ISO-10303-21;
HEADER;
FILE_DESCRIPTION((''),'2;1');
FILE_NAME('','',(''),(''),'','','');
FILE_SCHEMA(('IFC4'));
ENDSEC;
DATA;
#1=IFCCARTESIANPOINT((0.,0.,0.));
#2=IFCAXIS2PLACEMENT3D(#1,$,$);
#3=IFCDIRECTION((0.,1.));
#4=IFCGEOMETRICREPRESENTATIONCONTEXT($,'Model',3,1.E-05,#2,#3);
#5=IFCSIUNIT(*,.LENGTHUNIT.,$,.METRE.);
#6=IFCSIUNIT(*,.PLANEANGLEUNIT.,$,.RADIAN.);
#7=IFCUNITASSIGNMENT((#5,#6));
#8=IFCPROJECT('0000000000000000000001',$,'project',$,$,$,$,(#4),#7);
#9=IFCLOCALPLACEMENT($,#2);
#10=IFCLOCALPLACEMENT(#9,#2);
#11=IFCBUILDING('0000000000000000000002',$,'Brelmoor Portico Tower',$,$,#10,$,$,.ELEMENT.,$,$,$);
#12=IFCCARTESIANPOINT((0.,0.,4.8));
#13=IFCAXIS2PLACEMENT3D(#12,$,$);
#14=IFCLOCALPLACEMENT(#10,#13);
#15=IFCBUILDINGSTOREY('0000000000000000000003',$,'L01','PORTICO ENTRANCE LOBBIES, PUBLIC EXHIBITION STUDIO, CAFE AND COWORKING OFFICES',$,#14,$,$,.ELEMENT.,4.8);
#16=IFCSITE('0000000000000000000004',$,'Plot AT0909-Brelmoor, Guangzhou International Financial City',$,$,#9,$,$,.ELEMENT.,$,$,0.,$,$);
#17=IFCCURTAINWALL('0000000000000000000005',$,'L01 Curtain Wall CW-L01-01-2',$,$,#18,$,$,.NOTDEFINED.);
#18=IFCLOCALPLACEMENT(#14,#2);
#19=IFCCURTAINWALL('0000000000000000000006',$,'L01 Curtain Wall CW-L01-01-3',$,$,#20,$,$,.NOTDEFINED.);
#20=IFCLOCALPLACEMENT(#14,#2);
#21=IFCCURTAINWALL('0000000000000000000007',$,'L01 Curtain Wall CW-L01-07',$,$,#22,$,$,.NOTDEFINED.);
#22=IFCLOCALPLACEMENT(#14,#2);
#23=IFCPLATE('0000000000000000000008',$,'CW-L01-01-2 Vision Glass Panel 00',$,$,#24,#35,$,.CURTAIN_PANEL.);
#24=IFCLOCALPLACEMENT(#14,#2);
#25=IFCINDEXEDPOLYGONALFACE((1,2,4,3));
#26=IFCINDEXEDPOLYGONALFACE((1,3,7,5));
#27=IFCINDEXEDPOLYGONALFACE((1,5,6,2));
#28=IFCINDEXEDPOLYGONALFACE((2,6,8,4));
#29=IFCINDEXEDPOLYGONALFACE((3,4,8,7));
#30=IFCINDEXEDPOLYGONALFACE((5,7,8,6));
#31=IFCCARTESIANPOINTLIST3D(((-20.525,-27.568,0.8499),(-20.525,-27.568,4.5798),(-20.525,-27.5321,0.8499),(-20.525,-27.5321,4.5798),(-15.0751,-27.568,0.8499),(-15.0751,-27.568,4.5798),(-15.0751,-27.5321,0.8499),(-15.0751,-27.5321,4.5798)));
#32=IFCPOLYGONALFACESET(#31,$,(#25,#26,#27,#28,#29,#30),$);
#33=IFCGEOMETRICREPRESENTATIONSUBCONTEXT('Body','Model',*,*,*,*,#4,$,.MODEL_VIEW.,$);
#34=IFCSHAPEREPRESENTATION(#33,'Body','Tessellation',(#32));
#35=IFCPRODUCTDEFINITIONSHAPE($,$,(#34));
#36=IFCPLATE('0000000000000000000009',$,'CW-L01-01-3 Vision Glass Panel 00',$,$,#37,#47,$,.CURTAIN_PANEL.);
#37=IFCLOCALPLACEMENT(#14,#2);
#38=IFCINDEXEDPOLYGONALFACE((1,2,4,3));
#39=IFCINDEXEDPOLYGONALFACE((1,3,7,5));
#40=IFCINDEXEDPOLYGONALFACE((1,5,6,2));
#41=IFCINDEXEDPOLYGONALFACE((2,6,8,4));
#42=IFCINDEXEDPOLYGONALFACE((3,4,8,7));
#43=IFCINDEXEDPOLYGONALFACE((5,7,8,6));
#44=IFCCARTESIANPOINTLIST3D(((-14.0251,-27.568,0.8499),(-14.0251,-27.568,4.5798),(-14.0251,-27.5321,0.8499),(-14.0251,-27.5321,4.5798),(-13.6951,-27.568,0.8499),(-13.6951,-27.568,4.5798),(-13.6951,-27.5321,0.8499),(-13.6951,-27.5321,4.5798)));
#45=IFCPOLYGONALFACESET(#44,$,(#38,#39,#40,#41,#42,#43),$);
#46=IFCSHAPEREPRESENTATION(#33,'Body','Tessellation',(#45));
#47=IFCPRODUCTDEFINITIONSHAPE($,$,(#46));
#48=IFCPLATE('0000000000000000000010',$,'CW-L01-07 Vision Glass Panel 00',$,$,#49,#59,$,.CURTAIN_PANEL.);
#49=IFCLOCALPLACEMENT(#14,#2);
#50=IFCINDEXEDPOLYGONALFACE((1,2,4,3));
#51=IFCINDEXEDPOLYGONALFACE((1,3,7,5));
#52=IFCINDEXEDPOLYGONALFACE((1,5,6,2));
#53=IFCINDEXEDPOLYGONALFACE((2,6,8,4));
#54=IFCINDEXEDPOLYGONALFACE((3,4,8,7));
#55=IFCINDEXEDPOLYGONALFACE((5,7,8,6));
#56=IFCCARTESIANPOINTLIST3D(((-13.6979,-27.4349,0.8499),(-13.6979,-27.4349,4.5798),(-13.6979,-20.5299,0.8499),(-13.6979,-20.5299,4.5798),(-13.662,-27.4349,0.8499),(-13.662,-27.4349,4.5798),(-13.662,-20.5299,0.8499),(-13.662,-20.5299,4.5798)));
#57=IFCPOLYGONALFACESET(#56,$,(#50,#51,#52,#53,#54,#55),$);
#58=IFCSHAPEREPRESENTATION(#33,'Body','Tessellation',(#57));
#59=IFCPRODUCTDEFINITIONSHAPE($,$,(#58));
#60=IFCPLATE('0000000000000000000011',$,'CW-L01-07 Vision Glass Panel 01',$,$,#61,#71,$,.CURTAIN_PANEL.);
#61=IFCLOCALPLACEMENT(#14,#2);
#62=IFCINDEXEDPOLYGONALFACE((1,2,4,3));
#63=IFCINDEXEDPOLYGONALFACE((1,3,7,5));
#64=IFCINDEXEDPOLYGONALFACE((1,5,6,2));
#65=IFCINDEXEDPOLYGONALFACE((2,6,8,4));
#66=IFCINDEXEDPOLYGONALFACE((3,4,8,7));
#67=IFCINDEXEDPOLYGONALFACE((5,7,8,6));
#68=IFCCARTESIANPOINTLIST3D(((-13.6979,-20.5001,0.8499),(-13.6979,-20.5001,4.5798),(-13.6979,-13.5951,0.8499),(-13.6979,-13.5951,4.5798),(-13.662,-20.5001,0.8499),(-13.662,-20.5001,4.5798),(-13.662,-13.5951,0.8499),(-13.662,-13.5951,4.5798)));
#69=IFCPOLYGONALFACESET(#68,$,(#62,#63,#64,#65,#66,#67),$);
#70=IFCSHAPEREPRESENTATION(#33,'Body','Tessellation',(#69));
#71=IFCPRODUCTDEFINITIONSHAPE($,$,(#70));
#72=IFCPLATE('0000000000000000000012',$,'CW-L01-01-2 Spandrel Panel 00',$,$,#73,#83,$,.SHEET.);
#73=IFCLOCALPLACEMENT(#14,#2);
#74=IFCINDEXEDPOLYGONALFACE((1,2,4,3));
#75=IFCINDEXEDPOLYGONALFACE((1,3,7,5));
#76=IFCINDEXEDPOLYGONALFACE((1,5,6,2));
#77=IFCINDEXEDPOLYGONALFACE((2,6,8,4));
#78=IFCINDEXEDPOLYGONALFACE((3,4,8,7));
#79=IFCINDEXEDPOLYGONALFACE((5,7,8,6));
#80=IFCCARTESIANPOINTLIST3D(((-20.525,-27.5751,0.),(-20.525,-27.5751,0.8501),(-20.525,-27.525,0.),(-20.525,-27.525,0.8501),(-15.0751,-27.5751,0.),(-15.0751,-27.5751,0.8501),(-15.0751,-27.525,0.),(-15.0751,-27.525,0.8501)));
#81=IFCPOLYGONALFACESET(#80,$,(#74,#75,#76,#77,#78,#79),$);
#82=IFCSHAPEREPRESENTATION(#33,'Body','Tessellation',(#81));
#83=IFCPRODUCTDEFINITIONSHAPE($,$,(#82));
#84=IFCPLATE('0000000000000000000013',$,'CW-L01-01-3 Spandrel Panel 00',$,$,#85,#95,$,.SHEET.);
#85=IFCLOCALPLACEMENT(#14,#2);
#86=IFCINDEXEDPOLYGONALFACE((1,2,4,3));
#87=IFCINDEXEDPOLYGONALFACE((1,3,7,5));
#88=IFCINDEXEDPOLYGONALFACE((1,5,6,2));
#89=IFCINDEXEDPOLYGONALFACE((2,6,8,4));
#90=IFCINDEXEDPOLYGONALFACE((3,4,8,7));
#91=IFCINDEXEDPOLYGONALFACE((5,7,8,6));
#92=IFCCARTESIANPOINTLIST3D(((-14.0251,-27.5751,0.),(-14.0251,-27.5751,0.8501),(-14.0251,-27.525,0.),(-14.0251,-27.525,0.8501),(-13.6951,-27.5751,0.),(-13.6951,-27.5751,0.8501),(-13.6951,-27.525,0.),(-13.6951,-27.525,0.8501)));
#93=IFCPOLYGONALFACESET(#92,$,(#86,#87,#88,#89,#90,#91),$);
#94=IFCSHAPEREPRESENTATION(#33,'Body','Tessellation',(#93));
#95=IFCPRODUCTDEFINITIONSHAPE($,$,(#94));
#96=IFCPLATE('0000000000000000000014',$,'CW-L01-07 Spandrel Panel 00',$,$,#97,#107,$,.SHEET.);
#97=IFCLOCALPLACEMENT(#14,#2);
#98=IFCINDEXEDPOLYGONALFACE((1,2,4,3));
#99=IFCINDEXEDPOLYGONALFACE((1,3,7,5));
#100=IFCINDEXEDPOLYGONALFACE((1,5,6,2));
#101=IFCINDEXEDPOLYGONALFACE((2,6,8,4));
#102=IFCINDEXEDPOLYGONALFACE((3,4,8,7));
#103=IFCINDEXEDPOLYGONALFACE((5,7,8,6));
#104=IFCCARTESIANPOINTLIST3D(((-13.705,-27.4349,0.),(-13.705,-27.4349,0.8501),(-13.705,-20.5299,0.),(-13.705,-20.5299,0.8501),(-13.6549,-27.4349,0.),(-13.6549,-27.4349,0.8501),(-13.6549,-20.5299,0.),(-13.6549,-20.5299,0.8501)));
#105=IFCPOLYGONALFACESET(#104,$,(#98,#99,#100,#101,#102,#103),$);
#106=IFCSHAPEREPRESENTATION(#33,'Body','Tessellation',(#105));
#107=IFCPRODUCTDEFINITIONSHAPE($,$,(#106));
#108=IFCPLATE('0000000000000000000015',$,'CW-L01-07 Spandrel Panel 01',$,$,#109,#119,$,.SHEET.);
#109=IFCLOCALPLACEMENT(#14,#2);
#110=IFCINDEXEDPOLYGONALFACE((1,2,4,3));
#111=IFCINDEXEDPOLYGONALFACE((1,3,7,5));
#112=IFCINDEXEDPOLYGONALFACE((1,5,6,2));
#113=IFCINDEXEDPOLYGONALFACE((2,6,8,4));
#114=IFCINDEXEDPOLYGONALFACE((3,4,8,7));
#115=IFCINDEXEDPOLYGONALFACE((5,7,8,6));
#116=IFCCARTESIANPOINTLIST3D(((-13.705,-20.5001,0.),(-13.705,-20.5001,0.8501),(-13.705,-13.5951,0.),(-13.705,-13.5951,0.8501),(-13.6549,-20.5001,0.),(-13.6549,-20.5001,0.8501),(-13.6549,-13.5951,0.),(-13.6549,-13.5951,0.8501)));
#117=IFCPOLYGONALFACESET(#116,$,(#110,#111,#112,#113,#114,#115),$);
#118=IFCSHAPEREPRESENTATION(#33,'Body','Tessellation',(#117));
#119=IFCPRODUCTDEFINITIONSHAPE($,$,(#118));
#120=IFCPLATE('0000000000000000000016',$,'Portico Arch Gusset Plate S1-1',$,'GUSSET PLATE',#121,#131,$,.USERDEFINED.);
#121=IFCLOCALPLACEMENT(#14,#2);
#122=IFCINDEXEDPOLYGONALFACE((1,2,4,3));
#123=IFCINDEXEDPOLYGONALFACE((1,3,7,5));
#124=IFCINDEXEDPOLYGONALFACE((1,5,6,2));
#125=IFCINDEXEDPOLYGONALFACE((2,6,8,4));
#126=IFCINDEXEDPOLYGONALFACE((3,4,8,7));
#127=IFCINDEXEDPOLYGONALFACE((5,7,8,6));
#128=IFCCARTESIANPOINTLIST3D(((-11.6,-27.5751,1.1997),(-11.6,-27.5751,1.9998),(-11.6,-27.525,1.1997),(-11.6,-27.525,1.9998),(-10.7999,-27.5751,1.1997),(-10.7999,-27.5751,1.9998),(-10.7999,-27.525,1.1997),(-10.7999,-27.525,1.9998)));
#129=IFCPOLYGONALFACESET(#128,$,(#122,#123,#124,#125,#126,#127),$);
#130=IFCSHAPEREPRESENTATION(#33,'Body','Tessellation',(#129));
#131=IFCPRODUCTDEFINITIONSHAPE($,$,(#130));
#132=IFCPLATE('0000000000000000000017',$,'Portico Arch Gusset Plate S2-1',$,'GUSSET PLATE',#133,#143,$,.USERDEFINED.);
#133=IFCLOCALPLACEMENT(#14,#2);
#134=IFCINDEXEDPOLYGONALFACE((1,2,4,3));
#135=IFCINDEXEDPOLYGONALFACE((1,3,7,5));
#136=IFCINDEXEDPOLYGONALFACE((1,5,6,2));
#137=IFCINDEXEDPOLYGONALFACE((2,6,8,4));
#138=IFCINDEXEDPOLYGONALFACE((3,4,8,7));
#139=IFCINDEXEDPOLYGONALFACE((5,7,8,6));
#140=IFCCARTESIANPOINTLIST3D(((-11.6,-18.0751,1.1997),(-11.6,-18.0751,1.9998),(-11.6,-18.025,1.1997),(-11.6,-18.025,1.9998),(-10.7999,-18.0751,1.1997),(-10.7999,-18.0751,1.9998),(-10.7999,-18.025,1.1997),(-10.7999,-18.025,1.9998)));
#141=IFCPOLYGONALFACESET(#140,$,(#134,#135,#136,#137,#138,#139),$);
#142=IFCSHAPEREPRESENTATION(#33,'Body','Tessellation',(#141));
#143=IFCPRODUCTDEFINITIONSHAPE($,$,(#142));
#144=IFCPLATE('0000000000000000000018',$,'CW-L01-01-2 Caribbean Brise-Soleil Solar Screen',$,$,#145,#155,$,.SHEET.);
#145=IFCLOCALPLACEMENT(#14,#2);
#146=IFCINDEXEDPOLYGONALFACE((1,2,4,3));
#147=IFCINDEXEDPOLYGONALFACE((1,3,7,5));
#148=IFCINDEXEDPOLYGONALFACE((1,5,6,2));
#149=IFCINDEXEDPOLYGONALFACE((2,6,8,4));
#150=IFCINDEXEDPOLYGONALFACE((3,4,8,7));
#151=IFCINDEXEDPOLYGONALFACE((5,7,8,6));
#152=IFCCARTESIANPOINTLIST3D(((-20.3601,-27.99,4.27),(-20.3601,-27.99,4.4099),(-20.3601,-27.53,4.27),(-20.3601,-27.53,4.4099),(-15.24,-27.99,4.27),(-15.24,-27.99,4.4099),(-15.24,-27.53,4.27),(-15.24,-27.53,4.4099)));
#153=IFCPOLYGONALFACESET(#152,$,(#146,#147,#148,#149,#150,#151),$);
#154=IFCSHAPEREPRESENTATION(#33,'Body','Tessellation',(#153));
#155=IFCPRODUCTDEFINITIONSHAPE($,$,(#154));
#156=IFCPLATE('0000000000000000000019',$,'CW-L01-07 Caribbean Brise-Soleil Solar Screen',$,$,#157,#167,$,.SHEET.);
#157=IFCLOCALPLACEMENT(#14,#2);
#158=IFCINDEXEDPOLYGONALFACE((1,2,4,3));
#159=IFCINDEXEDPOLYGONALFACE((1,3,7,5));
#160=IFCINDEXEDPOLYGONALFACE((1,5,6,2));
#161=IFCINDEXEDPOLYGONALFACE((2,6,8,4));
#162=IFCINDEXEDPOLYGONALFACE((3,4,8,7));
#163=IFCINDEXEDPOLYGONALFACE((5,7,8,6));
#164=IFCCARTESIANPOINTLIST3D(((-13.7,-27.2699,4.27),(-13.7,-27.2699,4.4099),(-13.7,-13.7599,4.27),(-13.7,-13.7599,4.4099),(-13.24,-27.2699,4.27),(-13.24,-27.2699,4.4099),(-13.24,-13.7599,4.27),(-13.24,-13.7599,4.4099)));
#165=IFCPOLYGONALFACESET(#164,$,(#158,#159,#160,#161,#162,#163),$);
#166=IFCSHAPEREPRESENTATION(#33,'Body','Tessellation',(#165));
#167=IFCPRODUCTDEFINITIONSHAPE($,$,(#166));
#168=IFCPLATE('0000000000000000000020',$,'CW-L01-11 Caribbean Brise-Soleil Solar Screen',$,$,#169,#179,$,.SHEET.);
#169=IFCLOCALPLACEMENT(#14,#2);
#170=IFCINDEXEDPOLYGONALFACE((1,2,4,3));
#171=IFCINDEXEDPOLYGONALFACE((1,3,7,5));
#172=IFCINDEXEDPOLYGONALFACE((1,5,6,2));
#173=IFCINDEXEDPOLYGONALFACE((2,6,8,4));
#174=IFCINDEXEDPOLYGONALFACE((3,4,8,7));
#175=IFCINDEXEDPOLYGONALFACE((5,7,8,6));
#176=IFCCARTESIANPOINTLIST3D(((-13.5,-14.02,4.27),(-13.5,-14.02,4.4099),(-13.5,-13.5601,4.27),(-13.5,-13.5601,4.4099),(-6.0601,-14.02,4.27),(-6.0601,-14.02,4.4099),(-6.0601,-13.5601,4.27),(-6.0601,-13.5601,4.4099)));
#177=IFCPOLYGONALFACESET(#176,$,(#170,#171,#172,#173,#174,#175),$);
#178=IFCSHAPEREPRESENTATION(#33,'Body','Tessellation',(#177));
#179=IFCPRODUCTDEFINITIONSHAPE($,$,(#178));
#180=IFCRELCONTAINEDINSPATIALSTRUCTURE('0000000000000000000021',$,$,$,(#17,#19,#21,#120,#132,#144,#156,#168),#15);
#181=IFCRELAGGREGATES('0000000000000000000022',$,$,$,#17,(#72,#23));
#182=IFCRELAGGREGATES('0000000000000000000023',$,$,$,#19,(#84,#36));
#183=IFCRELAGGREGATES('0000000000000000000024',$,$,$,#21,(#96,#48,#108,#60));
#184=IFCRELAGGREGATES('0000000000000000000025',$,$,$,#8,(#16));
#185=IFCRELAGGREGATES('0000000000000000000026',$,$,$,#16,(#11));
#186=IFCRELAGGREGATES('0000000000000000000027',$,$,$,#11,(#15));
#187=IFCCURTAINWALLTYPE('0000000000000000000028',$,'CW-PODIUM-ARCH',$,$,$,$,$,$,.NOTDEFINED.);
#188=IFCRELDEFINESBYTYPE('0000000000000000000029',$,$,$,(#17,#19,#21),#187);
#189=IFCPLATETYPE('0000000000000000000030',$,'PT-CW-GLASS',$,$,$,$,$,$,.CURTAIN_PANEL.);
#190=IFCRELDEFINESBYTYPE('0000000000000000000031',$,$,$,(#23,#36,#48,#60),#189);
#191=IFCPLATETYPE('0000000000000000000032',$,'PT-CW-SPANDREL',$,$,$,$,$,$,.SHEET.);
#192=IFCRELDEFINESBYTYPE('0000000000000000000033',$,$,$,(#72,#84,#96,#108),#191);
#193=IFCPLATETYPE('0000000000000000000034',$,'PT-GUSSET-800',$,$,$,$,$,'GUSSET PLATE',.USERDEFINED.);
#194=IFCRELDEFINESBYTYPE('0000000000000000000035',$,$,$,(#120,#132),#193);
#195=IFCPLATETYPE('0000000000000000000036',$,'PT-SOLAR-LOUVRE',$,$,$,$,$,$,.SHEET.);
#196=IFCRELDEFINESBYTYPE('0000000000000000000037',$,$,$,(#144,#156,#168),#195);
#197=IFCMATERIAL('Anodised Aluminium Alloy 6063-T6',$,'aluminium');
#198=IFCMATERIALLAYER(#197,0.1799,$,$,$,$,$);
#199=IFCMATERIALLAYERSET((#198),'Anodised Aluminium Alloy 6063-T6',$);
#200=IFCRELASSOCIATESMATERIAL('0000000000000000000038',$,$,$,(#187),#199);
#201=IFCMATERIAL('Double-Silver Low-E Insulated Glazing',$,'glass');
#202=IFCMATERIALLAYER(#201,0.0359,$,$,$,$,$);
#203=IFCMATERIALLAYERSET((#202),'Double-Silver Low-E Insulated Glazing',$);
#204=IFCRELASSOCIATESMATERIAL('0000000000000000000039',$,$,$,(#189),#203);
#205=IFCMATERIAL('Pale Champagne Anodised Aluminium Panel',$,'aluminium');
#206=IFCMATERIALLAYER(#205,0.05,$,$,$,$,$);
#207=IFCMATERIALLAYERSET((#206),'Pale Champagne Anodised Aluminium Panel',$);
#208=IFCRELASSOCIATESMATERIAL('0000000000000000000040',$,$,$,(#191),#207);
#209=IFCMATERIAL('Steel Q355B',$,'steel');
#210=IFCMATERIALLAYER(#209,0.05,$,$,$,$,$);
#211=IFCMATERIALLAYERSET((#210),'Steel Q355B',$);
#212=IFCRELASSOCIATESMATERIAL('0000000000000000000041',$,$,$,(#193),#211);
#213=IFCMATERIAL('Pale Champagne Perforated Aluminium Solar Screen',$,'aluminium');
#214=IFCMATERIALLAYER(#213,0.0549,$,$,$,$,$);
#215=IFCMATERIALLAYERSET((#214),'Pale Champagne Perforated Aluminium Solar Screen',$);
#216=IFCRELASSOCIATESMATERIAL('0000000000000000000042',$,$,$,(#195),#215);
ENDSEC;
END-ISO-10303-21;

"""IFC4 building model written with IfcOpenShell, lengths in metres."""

from ifc_helpers import new_model, si_unit, direction, frame, origin, origin_2d, place, context, subcontext, project, spatial, rectangle, extrude, material, layer, layer_set, type_object, element, aggregate, save


model = new_model("IFC4")

# Units and contexts
model_context = context("Model", 3, precision=1e-05, world=origin(), true_north=direction((0.0, 1.0)))
body_context = subcontext(model_context, "Body", "Model", "MODEL_VIEW")
ifc_project = project(units=[si_unit("LENGTHUNIT", "METRE"), si_unit("PLANEANGLEUNIT", "RADIAN")], contexts=[model_context])

# Site, building, storey
site_placement = place(None, origin())
site = spatial("IfcSite", under=ifc_project, at=site_placement, Name="Plot AT0909-Brelmoor, Guangzhou International Financial City", CompositionType="ELEMENT", RefElevation=0.0)
building_placement = place(site_placement, origin())
building = spatial("IfcBuilding", under=site, at=building_placement, Name="Brelmoor Portico Tower", CompositionType="ELEMENT")
storey_placement = place(building_placement, frame((0.0, 0.0, 4.8)))
storey = spatial("IfcBuildingStorey", under=building, at=storey_placement, Name="L01", Description="PORTICO ENTRANCE LOBBIES, PUBLIC EXHIBITION STUDIO, CAFE AND COWORKING OFFICES", CompositionType="ELEMENT", Elevation=4.8)

# Shared definitions
ifc_material_1 = material(Name="Steel Q355B", Category="steel")

# Curtain wall
ifc_material_2 = material(Name="Anodised Aluminium Alloy 6063-T6", Category="aluminium")
ifc_layer_1 = layer(ifc_material_2, 0.1799)
ifc_layer_set_1 = layer_set([ifc_layer_1], Name="Anodised Aluminium Alloy 6063-T6")
curtain_wall_type = type_object("IfcCurtainWallType", Name="CW-PODIUM-ARCH", PredefinedType="NOTDEFINED", material=ifc_layer_set_1)
curtain_wall_1_placement = place(storey_placement, origin())
curtain_wall_1 = element("IfcCurtainWall", 1, at=curtain_wall_1_placement, inside=storey, type_object=curtain_wall_type, Name="L01 Curtain Wall CW-L01-01-2", PredefinedType="NOTDEFINED")

# Curtain walls
curtain_wall_2_placement = place(storey_placement, origin())
curtain_wall_2 = element("IfcCurtainWall", 2, at=curtain_wall_2_placement, inside=storey, type_object=curtain_wall_type, Name="L01 Curtain Wall CW-L01-01-3", PredefinedType="NOTDEFINED")
curtain_wall_3_placement = place(storey_placement, origin())
curtain_wall_3 = element("IfcCurtainWall", 3, at=curtain_wall_3_placement, inside=storey, type_object=curtain_wall_type, Name="L01 Curtain Wall CW-L01-07", PredefinedType="NOTDEFINED")

# Plates
ifc_material_3 = material(Name="Double-Silver Low-E Insulated Glazing", Category="glass")
ifc_layer_2 = layer(ifc_material_3, 0.0359)
ifc_layer_set_2 = layer_set([ifc_layer_2], Name="Double-Silver Low-E Insulated Glazing")
plate_type_1 = type_object("IfcPlateType", Name="PT-CW-GLASS", PredefinedType="CURTAIN_PANEL", material=ifc_layer_set_2)
plate_1_placement = place(storey_placement, frame((-17.8, -27.55, 0.8499), z_axis=(0.0, 0.0, 1.0), x_axis=(1.0, 0.0, 0.0)))
plate_1 = element("IfcPlate", 4, at=plate_1_placement, type_object=plate_type_1, Name="CW-L01-01-2 Vision Glass Panel 00", PredefinedType="CURTAIN_PANEL", context=body_context, shape_type="SweptSolid", body=[
    extrude(rectangle(XDim=5.45, YDim=0.0359, at=origin_2d()), origin(), (0.0, 0.0, 1.0), 3.73),
])
plate_2_placement = place(storey_placement, frame((-13.8601, -27.55, 0.8499), z_axis=(0.0, 0.0, 1.0), x_axis=(1.0, 0.0, 0.0)))
plate_2 = element("IfcPlate", 5, at=plate_2_placement, type_object=plate_type_1, Name="CW-L01-01-3 Vision Glass Panel 00", PredefinedType="CURTAIN_PANEL", context=body_context, shape_type="SweptSolid", body=[
    extrude(rectangle(XDim=0.3301, YDim=0.0359, at=origin_2d()), origin(), (0.0, 0.0, 1.0), 3.73),
])
plate_3_placement = place(storey_placement, frame((-13.6799, -23.9824, 0.8499), z_axis=(0.0, 0.0, 1.0), x_axis=(0.0, 1.0, 0.0)))
plate_3 = element("IfcPlate", 6, at=plate_3_placement, type_object=plate_type_1, Name="CW-L01-07 Vision Glass Panel 00", PredefinedType="CURTAIN_PANEL", context=body_context, shape_type="SweptSolid", body=[
    extrude(rectangle(XDim=6.905, YDim=0.0359, at=origin_2d()), origin(), (0.0, 0.0, 1.0), 3.73),
])
plate_4_placement = place(storey_placement, frame((-13.6799, -17.0476, 0.8499), z_axis=(0.0, 0.0, 1.0), x_axis=(0.0, 1.0, 0.0)))
plate_4 = element("IfcPlate", 7, at=plate_4_placement, type_object=plate_type_1, Name="CW-L01-07 Vision Glass Panel 01", PredefinedType="CURTAIN_PANEL", context=body_context, shape_type="SweptSolid", body=[
    extrude(rectangle(XDim=6.905, YDim=0.0359, at=origin_2d()), origin(), (0.0, 0.0, 1.0), 3.73),
])
ifc_material_4 = material(Name="Pale Champagne Anodised Aluminium Panel", Category="aluminium")
ifc_layer_3 = layer(ifc_material_4, 0.05)
ifc_layer_set_3 = layer_set([ifc_layer_3], Name="Pale Champagne Anodised Aluminium Panel")
plate_type_2 = type_object("IfcPlateType", Name="PT-CW-SPANDREL", PredefinedType="SHEET", material=ifc_layer_set_3)
plate_5_placement = place(storey_placement, frame((-17.8, -27.55, 0.0), z_axis=(0.0, 0.0, 1.0), x_axis=(1.0, 0.0, 0.0)))
plate_5 = element("IfcPlate", 8, at=plate_5_placement, type_object=plate_type_2, Name="CW-L01-01-2 Spandrel Panel 00", PredefinedType="SHEET", context=body_context, shape_type="SweptSolid", body=[
    extrude(rectangle(XDim=5.45, YDim=0.05, at=origin_2d()), origin(), (0.0, 0.0, 1.0), 0.8501),
])
aggregate(curtain_wall_1, [plate_5, plate_1])
plate_6_placement = place(storey_placement, frame((-13.8601, -27.55, 0.0), z_axis=(0.0, 0.0, 1.0), x_axis=(1.0, 0.0, 0.0)))
plate_6 = element("IfcPlate", 9, at=plate_6_placement, type_object=plate_type_2, Name="CW-L01-01-3 Spandrel Panel 00", PredefinedType="SHEET", context=body_context, shape_type="SweptSolid", body=[
    extrude(rectangle(XDim=0.3301, YDim=0.05, at=origin_2d()), origin(), (0.0, 0.0, 1.0), 0.8501),
])
aggregate(curtain_wall_2, [plate_6, plate_2])
plate_7_placement = place(storey_placement, frame((-13.6799, -23.9824, 0.0), z_axis=(0.0, 0.0, 1.0), x_axis=(0.0, 1.0, 0.0)))
plate_7 = element("IfcPlate", 10, at=plate_7_placement, type_object=plate_type_2, Name="CW-L01-07 Spandrel Panel 00", PredefinedType="SHEET", context=body_context, shape_type="SweptSolid", body=[
    extrude(rectangle(XDim=6.905, YDim=0.05, at=origin_2d()), origin(), (0.0, 0.0, 1.0), 0.8501),
])
plate_8_placement = place(storey_placement, frame((-13.6799, -17.0476, 0.0), z_axis=(0.0, 0.0, 1.0), x_axis=(0.0, 1.0, 0.0)))
plate_8 = element("IfcPlate", 11, at=plate_8_placement, type_object=plate_type_2, Name="CW-L01-07 Spandrel Panel 01", PredefinedType="SHEET", context=body_context, shape_type="SweptSolid", body=[
    extrude(rectangle(XDim=6.905, YDim=0.05, at=origin_2d()), origin(), (0.0, 0.0, 1.0), 0.8501),
])
aggregate(curtain_wall_3, [plate_7, plate_3, plate_8, plate_4])

# Plates
ifc_layer_4 = layer(ifc_material_1, 0.05)
ifc_layer_set_4 = layer_set([ifc_layer_4], Name="Steel Q355B")
plate_type_3 = type_object("IfcPlateType", Name="PT-GUSSET-800", ElementType="GUSSET PLATE", PredefinedType="USERDEFINED", material=ifc_layer_set_4)
for number, where, z_axis, x_axis, name in (
    (12, (-11.2, -27.55, 1.1997), (0.0, 0.0, 1.0), (1.0, 0.0, 0.0), "Portico Arch Gusset Plate S1-1"),
    (13, (-11.2, -18.05, 1.1997), (0.0, 0.0, 1.0), (1.0, 0.0, 0.0), "Portico Arch Gusset Plate S2-1"),
):
    element("IfcPlate", number, at=place(storey_placement, frame(where, z_axis=z_axis, x_axis=x_axis)), inside=storey, type_object=plate_type_3, Name=name, ObjectType="GUSSET PLATE", PredefinedType="USERDEFINED", context=body_context, shape_type="SweptSolid", body=[
        extrude(rectangle(XDim=0.8, YDim=0.05, at=origin_2d()), origin(), (0.0, 0.0, 1.0), 0.8),
    ])
ifc_material_5 = material(Name="Pale Champagne Perforated Aluminium Solar Screen", Category="aluminium")
ifc_layer_5 = layer(ifc_material_5, 0.0549)
ifc_layer_set_5 = layer_set([ifc_layer_5], Name="Pale Champagne Perforated Aluminium Solar Screen")
plate_type_4 = type_object("IfcPlateType", Name="PT-SOLAR-LOUVRE", PredefinedType="SHEET", material=ifc_layer_set_5)
plate_9_placement = place(storey_placement, frame((-17.8, -27.76, 4.27), z_axis=(0.0, 0.0, 1.0), x_axis=(1.0, 0.0, 0.0)))
element("IfcPlate", 14, at=plate_9_placement, inside=storey, type_object=plate_type_4, Name="CW-L01-01-2 Caribbean Brise-Soleil Solar Screen", PredefinedType="SHEET", context=body_context, shape_type="SweptSolid", body=[
    extrude(rectangle(XDim=5.1201, YDim=0.46, at=origin_2d()), origin(), (0.0, 0.0, 1.0), 0.1399),
])
plate_10_placement = place(storey_placement, frame((-13.47, -20.5149, 4.27), z_axis=(0.0, 0.0, 1.0), x_axis=(0.0, 1.0, 0.0)))
element("IfcPlate", 15, at=plate_10_placement, inside=storey, type_object=plate_type_4, Name="CW-L01-07 Caribbean Brise-Soleil Solar Screen", PredefinedType="SHEET", context=body_context, shape_type="SweptSolid", body=[
    extrude(rectangle(XDim=13.51, YDim=0.46, at=origin_2d()), origin(), (0.0, 0.0, 1.0), 0.1399),
])
plate_11_placement = place(storey_placement, frame((-9.78, -13.79, 4.27), z_axis=(0.0, 0.0, 1.0), x_axis=(1.0, 0.0, 0.0)))
element("IfcPlate", 16, at=plate_11_placement, inside=storey, type_object=plate_type_4, Name="CW-L01-11 Caribbean Brise-Soleil Solar Screen", PredefinedType="SHEET", context=body_context, shape_type="SweptSolid", body=[
    extrude(rectangle(XDim=7.4399, YDim=0.46, at=origin_2d()), origin(), (0.0, 0.0, 1.0), 0.1399),
])

save(model, "model.ifc")
